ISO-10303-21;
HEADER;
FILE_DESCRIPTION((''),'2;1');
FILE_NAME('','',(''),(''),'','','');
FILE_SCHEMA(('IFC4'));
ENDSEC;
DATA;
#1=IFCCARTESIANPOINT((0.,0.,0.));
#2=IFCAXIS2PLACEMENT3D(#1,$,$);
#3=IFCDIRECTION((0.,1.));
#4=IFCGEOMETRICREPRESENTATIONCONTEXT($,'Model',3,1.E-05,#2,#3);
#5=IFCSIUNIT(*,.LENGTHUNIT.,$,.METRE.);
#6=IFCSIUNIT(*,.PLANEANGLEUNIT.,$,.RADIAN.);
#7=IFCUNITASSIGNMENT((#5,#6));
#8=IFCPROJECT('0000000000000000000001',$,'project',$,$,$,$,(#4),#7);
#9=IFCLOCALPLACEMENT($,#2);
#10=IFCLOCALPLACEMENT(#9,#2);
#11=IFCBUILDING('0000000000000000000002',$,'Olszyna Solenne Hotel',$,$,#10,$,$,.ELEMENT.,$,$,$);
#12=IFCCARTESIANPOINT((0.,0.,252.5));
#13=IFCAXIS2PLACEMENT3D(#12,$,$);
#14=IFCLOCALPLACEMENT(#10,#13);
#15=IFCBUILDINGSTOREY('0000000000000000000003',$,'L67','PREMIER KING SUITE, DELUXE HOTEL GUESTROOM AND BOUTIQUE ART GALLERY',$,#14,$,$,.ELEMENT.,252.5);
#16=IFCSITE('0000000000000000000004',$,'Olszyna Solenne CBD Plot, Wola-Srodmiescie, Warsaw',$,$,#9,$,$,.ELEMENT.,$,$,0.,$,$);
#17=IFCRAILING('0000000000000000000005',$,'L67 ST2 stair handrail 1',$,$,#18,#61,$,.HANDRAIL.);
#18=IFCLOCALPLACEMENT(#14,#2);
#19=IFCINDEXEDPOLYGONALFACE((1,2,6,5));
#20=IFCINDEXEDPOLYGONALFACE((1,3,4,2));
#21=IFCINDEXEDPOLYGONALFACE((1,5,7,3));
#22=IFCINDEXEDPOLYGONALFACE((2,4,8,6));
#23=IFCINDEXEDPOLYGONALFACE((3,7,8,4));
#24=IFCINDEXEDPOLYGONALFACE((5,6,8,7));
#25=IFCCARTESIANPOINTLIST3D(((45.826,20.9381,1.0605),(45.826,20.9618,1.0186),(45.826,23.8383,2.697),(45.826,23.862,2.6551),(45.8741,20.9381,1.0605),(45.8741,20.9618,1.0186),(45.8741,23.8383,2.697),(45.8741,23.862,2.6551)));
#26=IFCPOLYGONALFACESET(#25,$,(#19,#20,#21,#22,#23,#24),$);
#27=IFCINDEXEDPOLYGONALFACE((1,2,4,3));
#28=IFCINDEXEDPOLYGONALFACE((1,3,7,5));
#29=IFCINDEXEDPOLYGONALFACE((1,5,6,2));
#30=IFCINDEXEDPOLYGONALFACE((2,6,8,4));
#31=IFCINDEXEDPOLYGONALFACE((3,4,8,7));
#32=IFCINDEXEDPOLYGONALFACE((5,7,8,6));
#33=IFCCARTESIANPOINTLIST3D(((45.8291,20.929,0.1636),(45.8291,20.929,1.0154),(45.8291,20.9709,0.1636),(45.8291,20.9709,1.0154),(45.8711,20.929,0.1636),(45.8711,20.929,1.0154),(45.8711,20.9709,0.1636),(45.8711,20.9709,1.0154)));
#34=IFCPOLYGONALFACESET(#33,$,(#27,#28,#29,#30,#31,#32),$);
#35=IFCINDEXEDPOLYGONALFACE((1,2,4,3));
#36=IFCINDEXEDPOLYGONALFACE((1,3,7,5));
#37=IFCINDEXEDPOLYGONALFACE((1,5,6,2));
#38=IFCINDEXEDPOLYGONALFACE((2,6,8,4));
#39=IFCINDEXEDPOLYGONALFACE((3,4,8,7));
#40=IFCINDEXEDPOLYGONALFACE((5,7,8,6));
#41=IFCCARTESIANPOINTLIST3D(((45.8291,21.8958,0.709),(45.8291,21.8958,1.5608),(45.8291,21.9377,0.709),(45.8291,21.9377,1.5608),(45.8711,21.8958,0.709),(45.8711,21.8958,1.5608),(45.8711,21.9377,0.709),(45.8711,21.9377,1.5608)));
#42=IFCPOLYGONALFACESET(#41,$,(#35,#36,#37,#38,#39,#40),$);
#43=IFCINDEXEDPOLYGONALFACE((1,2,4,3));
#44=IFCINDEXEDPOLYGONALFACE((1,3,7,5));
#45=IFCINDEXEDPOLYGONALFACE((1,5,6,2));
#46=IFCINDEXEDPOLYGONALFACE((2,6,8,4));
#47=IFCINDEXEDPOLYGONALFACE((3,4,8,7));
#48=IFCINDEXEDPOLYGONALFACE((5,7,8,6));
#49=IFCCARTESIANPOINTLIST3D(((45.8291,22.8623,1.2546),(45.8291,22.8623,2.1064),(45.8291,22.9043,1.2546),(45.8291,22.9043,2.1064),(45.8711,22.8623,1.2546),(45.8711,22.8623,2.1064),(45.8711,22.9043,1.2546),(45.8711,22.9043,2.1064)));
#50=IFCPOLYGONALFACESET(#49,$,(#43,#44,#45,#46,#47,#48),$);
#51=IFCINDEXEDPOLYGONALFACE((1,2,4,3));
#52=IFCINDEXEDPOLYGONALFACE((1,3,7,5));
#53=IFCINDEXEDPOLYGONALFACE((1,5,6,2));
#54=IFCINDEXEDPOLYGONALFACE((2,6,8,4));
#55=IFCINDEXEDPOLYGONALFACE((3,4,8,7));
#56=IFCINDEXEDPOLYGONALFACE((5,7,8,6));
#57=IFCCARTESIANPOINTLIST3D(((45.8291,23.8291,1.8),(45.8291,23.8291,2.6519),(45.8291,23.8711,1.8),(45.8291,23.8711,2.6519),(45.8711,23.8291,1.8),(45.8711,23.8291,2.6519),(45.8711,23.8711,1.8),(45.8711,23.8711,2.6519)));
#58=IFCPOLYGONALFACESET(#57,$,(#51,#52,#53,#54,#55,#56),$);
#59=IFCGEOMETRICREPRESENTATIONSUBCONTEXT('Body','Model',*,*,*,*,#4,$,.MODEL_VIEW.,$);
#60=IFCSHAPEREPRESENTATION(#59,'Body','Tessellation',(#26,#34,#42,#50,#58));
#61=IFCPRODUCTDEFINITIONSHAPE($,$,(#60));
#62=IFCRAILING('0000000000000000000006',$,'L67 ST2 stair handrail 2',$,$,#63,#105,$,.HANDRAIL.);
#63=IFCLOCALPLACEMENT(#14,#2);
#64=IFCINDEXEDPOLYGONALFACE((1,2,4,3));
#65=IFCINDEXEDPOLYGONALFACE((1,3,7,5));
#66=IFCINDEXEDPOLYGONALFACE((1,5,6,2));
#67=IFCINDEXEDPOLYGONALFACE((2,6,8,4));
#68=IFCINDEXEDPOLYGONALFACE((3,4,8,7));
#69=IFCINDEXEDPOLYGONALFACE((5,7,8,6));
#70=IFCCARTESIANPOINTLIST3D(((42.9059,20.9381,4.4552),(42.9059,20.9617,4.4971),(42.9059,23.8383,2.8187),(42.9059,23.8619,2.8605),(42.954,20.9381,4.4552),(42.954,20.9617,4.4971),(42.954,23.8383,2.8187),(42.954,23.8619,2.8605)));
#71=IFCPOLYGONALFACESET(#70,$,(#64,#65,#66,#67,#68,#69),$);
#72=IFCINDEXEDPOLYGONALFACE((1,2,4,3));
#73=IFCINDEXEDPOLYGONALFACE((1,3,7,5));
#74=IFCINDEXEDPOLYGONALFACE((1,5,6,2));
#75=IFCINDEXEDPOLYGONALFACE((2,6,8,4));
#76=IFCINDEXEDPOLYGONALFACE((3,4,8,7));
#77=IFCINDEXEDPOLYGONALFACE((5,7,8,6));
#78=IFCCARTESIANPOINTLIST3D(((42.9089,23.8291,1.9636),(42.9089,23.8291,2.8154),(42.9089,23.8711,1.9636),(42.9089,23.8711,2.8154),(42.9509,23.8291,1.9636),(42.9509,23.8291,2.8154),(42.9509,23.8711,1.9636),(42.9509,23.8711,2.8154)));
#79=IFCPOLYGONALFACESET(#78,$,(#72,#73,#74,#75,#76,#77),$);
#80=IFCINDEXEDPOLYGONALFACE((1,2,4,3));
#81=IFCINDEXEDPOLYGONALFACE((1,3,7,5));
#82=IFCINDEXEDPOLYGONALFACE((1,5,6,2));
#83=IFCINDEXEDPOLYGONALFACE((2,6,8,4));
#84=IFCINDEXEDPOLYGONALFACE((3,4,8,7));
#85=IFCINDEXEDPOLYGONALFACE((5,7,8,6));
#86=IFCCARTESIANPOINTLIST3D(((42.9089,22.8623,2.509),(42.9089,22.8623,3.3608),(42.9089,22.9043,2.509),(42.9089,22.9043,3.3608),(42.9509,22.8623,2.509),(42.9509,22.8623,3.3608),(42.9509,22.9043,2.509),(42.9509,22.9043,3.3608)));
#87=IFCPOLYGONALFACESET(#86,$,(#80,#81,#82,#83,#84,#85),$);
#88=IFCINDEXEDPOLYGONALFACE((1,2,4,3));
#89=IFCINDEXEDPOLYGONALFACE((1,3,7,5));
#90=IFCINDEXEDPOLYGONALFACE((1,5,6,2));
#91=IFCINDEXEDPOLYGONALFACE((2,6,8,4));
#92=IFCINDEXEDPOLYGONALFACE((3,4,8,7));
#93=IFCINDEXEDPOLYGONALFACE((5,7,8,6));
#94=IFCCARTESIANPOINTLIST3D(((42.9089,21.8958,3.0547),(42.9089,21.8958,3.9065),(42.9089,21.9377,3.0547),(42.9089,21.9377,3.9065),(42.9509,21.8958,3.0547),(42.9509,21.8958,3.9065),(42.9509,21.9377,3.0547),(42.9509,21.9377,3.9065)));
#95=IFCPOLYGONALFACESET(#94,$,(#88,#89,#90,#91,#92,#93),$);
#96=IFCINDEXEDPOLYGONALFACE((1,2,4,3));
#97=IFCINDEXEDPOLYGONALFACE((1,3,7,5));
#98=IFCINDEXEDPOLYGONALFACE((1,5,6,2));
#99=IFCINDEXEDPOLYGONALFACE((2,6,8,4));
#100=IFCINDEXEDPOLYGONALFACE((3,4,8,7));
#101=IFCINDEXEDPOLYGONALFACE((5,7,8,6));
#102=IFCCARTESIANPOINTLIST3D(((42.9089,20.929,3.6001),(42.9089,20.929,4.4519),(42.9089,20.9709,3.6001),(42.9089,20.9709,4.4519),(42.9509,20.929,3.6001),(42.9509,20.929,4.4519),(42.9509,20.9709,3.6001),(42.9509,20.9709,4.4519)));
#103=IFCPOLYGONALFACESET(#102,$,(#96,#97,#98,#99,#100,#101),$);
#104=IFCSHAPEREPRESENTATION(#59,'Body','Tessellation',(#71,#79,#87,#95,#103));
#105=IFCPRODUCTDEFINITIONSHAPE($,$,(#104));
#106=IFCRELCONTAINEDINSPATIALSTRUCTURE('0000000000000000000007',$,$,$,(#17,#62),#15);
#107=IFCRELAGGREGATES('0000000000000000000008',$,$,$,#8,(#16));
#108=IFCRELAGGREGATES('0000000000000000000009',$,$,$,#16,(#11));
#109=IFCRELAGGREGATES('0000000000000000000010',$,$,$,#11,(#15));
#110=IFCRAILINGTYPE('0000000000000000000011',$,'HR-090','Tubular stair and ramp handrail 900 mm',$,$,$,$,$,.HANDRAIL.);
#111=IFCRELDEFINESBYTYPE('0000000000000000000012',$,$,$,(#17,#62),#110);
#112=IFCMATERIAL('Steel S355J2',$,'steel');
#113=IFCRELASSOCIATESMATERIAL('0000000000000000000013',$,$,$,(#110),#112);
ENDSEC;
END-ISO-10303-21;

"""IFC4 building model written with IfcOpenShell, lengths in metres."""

from ifc_helpers import new_model, si_unit, direction, frame, origin, origin_2d, place, context, subcontext, project, spatial, rectangle, extrude, material, type_object, element, save


model = new_model("IFC4")

# Units and contexts
model_context = context("Model", 3, precision=1e-05, world=origin(), true_north=direction((0.0, 1.0)))
body_context = subcontext(model_context, "Body", "Model", "MODEL_VIEW")
ifc_project = project(units=[si_unit("LENGTHUNIT", "METRE"), si_unit("PLANEANGLEUNIT", "RADIAN")], contexts=[model_context])

# Site, building, storey
site_placement = place(None, origin())
site = spatial("IfcSite", under=ifc_project, at=site_placement, Name="Olszyna Solenne CBD Plot, Wola-Srodmiescie, Warsaw", CompositionType="ELEMENT", RefElevation=0.0)
building_placement = place(site_placement, origin())
building = spatial("IfcBuilding", under=site, at=building_placement, Name="Olszyna Solenne Hotel", CompositionType="ELEMENT")
storey_placement = place(building_placement, frame((0.0, 0.0, 252.5)))
storey = spatial("IfcBuildingStorey", under=building, at=storey_placement, Name="L67", Description="PREMIER KING SUITE, DELUXE HOTEL GUESTROOM AND BOUTIQUE ART GALLERY", CompositionType="ELEMENT", Elevation=252.5)

# Shared definitions
ifc_material_1 = material(Name="Steel S355J2", Category="steel")

# Railings
railing_type_1 = type_object("IfcRailingType", Name="HR-090", Description="Tubular stair and ramp handrail 900 mm", PredefinedType="HANDRAIL", material=ifc_material_1)
railing_1_placement = place(storey_placement, frame((45.8501, 20.95, 0.1636)))
element("IfcRailing", 1, at=railing_1_placement, inside=storey, type_object=railing_type_1, Name="L67 ST2 stair handrail 1", PredefinedType="HANDRAIL", context=body_context, shape_type="SweptSolid", body=[
    extrude(rectangle(XDim=0.0481, YDim=0.0481, at=origin_2d()), frame((0.0, 0.0, 0.876), z_axis=(0.0, 0.870915, 0.491434), x_axis=(-1.0, 0.0, 0.0)), (0.0, 0.0, 1.0), 3.3301),
    extrude(rectangle(XDim=0.042, YDim=0.042, at=origin_2d()), origin(), (0.0, 0.0, 1.0), 0.8518),
    extrude(rectangle(XDim=0.042, YDim=0.042, at=origin_2d()), frame((0.0, 0.9668, 0.5454)), (0.0, 0.0, 1.0), 0.8518),
    extrude(rectangle(XDim=0.042, YDim=0.042, at=origin_2d()), frame((0.0, 1.9333, 1.0911)), (0.0, 0.0, 1.0), 0.8518),
    extrude(rectangle(XDim=0.042, YDim=0.042, at=origin_2d()), frame((0.0, 2.9001, 1.6365)), (0.0, 0.0, 1.0), 0.8518),
])
railing_2_placement = place(storey_placement, frame((42.9299, 23.8501, 1.9636)))
element("IfcRailing", 2, at=railing_2_placement, inside=storey, type_object=railing_type_1, Name="L67 ST2 stair handrail 2", PredefinedType="HANDRAIL", context=body_context, shape_type="SweptSolid", body=[
    extrude(rectangle(XDim=0.0481, YDim=0.0481, at=origin_2d()), frame((0.0, 0.0, 0.876), z_axis=(0.0, -0.870915, 0.491434), x_axis=(1.0, 0.0, 0.0)), (0.0, 0.0, 1.0), 3.3301),
    extrude(rectangle(XDim=0.042, YDim=0.042, at=origin_2d()), origin(), (0.0, 0.0, 1.0), 0.8518),
    extrude(rectangle(XDim=0.042, YDim=0.042, at=origin_2d()), frame((0.0, -0.9668, 0.5454)), (0.0, 0.0, 1.0), 0.8518),
    extrude(rectangle(XDim=0.042, YDim=0.042, at=origin_2d()), frame((0.0, -1.9333, 1.0911)), (0.0, 0.0, 1.0), 0.8518),
    extrude(rectangle(XDim=0.042, YDim=0.042, at=origin_2d()), frame((0.0, -2.9001, 1.6365)), (0.0, 0.0, 1.0), 0.8518),
])

save(model, "model.ifc")
